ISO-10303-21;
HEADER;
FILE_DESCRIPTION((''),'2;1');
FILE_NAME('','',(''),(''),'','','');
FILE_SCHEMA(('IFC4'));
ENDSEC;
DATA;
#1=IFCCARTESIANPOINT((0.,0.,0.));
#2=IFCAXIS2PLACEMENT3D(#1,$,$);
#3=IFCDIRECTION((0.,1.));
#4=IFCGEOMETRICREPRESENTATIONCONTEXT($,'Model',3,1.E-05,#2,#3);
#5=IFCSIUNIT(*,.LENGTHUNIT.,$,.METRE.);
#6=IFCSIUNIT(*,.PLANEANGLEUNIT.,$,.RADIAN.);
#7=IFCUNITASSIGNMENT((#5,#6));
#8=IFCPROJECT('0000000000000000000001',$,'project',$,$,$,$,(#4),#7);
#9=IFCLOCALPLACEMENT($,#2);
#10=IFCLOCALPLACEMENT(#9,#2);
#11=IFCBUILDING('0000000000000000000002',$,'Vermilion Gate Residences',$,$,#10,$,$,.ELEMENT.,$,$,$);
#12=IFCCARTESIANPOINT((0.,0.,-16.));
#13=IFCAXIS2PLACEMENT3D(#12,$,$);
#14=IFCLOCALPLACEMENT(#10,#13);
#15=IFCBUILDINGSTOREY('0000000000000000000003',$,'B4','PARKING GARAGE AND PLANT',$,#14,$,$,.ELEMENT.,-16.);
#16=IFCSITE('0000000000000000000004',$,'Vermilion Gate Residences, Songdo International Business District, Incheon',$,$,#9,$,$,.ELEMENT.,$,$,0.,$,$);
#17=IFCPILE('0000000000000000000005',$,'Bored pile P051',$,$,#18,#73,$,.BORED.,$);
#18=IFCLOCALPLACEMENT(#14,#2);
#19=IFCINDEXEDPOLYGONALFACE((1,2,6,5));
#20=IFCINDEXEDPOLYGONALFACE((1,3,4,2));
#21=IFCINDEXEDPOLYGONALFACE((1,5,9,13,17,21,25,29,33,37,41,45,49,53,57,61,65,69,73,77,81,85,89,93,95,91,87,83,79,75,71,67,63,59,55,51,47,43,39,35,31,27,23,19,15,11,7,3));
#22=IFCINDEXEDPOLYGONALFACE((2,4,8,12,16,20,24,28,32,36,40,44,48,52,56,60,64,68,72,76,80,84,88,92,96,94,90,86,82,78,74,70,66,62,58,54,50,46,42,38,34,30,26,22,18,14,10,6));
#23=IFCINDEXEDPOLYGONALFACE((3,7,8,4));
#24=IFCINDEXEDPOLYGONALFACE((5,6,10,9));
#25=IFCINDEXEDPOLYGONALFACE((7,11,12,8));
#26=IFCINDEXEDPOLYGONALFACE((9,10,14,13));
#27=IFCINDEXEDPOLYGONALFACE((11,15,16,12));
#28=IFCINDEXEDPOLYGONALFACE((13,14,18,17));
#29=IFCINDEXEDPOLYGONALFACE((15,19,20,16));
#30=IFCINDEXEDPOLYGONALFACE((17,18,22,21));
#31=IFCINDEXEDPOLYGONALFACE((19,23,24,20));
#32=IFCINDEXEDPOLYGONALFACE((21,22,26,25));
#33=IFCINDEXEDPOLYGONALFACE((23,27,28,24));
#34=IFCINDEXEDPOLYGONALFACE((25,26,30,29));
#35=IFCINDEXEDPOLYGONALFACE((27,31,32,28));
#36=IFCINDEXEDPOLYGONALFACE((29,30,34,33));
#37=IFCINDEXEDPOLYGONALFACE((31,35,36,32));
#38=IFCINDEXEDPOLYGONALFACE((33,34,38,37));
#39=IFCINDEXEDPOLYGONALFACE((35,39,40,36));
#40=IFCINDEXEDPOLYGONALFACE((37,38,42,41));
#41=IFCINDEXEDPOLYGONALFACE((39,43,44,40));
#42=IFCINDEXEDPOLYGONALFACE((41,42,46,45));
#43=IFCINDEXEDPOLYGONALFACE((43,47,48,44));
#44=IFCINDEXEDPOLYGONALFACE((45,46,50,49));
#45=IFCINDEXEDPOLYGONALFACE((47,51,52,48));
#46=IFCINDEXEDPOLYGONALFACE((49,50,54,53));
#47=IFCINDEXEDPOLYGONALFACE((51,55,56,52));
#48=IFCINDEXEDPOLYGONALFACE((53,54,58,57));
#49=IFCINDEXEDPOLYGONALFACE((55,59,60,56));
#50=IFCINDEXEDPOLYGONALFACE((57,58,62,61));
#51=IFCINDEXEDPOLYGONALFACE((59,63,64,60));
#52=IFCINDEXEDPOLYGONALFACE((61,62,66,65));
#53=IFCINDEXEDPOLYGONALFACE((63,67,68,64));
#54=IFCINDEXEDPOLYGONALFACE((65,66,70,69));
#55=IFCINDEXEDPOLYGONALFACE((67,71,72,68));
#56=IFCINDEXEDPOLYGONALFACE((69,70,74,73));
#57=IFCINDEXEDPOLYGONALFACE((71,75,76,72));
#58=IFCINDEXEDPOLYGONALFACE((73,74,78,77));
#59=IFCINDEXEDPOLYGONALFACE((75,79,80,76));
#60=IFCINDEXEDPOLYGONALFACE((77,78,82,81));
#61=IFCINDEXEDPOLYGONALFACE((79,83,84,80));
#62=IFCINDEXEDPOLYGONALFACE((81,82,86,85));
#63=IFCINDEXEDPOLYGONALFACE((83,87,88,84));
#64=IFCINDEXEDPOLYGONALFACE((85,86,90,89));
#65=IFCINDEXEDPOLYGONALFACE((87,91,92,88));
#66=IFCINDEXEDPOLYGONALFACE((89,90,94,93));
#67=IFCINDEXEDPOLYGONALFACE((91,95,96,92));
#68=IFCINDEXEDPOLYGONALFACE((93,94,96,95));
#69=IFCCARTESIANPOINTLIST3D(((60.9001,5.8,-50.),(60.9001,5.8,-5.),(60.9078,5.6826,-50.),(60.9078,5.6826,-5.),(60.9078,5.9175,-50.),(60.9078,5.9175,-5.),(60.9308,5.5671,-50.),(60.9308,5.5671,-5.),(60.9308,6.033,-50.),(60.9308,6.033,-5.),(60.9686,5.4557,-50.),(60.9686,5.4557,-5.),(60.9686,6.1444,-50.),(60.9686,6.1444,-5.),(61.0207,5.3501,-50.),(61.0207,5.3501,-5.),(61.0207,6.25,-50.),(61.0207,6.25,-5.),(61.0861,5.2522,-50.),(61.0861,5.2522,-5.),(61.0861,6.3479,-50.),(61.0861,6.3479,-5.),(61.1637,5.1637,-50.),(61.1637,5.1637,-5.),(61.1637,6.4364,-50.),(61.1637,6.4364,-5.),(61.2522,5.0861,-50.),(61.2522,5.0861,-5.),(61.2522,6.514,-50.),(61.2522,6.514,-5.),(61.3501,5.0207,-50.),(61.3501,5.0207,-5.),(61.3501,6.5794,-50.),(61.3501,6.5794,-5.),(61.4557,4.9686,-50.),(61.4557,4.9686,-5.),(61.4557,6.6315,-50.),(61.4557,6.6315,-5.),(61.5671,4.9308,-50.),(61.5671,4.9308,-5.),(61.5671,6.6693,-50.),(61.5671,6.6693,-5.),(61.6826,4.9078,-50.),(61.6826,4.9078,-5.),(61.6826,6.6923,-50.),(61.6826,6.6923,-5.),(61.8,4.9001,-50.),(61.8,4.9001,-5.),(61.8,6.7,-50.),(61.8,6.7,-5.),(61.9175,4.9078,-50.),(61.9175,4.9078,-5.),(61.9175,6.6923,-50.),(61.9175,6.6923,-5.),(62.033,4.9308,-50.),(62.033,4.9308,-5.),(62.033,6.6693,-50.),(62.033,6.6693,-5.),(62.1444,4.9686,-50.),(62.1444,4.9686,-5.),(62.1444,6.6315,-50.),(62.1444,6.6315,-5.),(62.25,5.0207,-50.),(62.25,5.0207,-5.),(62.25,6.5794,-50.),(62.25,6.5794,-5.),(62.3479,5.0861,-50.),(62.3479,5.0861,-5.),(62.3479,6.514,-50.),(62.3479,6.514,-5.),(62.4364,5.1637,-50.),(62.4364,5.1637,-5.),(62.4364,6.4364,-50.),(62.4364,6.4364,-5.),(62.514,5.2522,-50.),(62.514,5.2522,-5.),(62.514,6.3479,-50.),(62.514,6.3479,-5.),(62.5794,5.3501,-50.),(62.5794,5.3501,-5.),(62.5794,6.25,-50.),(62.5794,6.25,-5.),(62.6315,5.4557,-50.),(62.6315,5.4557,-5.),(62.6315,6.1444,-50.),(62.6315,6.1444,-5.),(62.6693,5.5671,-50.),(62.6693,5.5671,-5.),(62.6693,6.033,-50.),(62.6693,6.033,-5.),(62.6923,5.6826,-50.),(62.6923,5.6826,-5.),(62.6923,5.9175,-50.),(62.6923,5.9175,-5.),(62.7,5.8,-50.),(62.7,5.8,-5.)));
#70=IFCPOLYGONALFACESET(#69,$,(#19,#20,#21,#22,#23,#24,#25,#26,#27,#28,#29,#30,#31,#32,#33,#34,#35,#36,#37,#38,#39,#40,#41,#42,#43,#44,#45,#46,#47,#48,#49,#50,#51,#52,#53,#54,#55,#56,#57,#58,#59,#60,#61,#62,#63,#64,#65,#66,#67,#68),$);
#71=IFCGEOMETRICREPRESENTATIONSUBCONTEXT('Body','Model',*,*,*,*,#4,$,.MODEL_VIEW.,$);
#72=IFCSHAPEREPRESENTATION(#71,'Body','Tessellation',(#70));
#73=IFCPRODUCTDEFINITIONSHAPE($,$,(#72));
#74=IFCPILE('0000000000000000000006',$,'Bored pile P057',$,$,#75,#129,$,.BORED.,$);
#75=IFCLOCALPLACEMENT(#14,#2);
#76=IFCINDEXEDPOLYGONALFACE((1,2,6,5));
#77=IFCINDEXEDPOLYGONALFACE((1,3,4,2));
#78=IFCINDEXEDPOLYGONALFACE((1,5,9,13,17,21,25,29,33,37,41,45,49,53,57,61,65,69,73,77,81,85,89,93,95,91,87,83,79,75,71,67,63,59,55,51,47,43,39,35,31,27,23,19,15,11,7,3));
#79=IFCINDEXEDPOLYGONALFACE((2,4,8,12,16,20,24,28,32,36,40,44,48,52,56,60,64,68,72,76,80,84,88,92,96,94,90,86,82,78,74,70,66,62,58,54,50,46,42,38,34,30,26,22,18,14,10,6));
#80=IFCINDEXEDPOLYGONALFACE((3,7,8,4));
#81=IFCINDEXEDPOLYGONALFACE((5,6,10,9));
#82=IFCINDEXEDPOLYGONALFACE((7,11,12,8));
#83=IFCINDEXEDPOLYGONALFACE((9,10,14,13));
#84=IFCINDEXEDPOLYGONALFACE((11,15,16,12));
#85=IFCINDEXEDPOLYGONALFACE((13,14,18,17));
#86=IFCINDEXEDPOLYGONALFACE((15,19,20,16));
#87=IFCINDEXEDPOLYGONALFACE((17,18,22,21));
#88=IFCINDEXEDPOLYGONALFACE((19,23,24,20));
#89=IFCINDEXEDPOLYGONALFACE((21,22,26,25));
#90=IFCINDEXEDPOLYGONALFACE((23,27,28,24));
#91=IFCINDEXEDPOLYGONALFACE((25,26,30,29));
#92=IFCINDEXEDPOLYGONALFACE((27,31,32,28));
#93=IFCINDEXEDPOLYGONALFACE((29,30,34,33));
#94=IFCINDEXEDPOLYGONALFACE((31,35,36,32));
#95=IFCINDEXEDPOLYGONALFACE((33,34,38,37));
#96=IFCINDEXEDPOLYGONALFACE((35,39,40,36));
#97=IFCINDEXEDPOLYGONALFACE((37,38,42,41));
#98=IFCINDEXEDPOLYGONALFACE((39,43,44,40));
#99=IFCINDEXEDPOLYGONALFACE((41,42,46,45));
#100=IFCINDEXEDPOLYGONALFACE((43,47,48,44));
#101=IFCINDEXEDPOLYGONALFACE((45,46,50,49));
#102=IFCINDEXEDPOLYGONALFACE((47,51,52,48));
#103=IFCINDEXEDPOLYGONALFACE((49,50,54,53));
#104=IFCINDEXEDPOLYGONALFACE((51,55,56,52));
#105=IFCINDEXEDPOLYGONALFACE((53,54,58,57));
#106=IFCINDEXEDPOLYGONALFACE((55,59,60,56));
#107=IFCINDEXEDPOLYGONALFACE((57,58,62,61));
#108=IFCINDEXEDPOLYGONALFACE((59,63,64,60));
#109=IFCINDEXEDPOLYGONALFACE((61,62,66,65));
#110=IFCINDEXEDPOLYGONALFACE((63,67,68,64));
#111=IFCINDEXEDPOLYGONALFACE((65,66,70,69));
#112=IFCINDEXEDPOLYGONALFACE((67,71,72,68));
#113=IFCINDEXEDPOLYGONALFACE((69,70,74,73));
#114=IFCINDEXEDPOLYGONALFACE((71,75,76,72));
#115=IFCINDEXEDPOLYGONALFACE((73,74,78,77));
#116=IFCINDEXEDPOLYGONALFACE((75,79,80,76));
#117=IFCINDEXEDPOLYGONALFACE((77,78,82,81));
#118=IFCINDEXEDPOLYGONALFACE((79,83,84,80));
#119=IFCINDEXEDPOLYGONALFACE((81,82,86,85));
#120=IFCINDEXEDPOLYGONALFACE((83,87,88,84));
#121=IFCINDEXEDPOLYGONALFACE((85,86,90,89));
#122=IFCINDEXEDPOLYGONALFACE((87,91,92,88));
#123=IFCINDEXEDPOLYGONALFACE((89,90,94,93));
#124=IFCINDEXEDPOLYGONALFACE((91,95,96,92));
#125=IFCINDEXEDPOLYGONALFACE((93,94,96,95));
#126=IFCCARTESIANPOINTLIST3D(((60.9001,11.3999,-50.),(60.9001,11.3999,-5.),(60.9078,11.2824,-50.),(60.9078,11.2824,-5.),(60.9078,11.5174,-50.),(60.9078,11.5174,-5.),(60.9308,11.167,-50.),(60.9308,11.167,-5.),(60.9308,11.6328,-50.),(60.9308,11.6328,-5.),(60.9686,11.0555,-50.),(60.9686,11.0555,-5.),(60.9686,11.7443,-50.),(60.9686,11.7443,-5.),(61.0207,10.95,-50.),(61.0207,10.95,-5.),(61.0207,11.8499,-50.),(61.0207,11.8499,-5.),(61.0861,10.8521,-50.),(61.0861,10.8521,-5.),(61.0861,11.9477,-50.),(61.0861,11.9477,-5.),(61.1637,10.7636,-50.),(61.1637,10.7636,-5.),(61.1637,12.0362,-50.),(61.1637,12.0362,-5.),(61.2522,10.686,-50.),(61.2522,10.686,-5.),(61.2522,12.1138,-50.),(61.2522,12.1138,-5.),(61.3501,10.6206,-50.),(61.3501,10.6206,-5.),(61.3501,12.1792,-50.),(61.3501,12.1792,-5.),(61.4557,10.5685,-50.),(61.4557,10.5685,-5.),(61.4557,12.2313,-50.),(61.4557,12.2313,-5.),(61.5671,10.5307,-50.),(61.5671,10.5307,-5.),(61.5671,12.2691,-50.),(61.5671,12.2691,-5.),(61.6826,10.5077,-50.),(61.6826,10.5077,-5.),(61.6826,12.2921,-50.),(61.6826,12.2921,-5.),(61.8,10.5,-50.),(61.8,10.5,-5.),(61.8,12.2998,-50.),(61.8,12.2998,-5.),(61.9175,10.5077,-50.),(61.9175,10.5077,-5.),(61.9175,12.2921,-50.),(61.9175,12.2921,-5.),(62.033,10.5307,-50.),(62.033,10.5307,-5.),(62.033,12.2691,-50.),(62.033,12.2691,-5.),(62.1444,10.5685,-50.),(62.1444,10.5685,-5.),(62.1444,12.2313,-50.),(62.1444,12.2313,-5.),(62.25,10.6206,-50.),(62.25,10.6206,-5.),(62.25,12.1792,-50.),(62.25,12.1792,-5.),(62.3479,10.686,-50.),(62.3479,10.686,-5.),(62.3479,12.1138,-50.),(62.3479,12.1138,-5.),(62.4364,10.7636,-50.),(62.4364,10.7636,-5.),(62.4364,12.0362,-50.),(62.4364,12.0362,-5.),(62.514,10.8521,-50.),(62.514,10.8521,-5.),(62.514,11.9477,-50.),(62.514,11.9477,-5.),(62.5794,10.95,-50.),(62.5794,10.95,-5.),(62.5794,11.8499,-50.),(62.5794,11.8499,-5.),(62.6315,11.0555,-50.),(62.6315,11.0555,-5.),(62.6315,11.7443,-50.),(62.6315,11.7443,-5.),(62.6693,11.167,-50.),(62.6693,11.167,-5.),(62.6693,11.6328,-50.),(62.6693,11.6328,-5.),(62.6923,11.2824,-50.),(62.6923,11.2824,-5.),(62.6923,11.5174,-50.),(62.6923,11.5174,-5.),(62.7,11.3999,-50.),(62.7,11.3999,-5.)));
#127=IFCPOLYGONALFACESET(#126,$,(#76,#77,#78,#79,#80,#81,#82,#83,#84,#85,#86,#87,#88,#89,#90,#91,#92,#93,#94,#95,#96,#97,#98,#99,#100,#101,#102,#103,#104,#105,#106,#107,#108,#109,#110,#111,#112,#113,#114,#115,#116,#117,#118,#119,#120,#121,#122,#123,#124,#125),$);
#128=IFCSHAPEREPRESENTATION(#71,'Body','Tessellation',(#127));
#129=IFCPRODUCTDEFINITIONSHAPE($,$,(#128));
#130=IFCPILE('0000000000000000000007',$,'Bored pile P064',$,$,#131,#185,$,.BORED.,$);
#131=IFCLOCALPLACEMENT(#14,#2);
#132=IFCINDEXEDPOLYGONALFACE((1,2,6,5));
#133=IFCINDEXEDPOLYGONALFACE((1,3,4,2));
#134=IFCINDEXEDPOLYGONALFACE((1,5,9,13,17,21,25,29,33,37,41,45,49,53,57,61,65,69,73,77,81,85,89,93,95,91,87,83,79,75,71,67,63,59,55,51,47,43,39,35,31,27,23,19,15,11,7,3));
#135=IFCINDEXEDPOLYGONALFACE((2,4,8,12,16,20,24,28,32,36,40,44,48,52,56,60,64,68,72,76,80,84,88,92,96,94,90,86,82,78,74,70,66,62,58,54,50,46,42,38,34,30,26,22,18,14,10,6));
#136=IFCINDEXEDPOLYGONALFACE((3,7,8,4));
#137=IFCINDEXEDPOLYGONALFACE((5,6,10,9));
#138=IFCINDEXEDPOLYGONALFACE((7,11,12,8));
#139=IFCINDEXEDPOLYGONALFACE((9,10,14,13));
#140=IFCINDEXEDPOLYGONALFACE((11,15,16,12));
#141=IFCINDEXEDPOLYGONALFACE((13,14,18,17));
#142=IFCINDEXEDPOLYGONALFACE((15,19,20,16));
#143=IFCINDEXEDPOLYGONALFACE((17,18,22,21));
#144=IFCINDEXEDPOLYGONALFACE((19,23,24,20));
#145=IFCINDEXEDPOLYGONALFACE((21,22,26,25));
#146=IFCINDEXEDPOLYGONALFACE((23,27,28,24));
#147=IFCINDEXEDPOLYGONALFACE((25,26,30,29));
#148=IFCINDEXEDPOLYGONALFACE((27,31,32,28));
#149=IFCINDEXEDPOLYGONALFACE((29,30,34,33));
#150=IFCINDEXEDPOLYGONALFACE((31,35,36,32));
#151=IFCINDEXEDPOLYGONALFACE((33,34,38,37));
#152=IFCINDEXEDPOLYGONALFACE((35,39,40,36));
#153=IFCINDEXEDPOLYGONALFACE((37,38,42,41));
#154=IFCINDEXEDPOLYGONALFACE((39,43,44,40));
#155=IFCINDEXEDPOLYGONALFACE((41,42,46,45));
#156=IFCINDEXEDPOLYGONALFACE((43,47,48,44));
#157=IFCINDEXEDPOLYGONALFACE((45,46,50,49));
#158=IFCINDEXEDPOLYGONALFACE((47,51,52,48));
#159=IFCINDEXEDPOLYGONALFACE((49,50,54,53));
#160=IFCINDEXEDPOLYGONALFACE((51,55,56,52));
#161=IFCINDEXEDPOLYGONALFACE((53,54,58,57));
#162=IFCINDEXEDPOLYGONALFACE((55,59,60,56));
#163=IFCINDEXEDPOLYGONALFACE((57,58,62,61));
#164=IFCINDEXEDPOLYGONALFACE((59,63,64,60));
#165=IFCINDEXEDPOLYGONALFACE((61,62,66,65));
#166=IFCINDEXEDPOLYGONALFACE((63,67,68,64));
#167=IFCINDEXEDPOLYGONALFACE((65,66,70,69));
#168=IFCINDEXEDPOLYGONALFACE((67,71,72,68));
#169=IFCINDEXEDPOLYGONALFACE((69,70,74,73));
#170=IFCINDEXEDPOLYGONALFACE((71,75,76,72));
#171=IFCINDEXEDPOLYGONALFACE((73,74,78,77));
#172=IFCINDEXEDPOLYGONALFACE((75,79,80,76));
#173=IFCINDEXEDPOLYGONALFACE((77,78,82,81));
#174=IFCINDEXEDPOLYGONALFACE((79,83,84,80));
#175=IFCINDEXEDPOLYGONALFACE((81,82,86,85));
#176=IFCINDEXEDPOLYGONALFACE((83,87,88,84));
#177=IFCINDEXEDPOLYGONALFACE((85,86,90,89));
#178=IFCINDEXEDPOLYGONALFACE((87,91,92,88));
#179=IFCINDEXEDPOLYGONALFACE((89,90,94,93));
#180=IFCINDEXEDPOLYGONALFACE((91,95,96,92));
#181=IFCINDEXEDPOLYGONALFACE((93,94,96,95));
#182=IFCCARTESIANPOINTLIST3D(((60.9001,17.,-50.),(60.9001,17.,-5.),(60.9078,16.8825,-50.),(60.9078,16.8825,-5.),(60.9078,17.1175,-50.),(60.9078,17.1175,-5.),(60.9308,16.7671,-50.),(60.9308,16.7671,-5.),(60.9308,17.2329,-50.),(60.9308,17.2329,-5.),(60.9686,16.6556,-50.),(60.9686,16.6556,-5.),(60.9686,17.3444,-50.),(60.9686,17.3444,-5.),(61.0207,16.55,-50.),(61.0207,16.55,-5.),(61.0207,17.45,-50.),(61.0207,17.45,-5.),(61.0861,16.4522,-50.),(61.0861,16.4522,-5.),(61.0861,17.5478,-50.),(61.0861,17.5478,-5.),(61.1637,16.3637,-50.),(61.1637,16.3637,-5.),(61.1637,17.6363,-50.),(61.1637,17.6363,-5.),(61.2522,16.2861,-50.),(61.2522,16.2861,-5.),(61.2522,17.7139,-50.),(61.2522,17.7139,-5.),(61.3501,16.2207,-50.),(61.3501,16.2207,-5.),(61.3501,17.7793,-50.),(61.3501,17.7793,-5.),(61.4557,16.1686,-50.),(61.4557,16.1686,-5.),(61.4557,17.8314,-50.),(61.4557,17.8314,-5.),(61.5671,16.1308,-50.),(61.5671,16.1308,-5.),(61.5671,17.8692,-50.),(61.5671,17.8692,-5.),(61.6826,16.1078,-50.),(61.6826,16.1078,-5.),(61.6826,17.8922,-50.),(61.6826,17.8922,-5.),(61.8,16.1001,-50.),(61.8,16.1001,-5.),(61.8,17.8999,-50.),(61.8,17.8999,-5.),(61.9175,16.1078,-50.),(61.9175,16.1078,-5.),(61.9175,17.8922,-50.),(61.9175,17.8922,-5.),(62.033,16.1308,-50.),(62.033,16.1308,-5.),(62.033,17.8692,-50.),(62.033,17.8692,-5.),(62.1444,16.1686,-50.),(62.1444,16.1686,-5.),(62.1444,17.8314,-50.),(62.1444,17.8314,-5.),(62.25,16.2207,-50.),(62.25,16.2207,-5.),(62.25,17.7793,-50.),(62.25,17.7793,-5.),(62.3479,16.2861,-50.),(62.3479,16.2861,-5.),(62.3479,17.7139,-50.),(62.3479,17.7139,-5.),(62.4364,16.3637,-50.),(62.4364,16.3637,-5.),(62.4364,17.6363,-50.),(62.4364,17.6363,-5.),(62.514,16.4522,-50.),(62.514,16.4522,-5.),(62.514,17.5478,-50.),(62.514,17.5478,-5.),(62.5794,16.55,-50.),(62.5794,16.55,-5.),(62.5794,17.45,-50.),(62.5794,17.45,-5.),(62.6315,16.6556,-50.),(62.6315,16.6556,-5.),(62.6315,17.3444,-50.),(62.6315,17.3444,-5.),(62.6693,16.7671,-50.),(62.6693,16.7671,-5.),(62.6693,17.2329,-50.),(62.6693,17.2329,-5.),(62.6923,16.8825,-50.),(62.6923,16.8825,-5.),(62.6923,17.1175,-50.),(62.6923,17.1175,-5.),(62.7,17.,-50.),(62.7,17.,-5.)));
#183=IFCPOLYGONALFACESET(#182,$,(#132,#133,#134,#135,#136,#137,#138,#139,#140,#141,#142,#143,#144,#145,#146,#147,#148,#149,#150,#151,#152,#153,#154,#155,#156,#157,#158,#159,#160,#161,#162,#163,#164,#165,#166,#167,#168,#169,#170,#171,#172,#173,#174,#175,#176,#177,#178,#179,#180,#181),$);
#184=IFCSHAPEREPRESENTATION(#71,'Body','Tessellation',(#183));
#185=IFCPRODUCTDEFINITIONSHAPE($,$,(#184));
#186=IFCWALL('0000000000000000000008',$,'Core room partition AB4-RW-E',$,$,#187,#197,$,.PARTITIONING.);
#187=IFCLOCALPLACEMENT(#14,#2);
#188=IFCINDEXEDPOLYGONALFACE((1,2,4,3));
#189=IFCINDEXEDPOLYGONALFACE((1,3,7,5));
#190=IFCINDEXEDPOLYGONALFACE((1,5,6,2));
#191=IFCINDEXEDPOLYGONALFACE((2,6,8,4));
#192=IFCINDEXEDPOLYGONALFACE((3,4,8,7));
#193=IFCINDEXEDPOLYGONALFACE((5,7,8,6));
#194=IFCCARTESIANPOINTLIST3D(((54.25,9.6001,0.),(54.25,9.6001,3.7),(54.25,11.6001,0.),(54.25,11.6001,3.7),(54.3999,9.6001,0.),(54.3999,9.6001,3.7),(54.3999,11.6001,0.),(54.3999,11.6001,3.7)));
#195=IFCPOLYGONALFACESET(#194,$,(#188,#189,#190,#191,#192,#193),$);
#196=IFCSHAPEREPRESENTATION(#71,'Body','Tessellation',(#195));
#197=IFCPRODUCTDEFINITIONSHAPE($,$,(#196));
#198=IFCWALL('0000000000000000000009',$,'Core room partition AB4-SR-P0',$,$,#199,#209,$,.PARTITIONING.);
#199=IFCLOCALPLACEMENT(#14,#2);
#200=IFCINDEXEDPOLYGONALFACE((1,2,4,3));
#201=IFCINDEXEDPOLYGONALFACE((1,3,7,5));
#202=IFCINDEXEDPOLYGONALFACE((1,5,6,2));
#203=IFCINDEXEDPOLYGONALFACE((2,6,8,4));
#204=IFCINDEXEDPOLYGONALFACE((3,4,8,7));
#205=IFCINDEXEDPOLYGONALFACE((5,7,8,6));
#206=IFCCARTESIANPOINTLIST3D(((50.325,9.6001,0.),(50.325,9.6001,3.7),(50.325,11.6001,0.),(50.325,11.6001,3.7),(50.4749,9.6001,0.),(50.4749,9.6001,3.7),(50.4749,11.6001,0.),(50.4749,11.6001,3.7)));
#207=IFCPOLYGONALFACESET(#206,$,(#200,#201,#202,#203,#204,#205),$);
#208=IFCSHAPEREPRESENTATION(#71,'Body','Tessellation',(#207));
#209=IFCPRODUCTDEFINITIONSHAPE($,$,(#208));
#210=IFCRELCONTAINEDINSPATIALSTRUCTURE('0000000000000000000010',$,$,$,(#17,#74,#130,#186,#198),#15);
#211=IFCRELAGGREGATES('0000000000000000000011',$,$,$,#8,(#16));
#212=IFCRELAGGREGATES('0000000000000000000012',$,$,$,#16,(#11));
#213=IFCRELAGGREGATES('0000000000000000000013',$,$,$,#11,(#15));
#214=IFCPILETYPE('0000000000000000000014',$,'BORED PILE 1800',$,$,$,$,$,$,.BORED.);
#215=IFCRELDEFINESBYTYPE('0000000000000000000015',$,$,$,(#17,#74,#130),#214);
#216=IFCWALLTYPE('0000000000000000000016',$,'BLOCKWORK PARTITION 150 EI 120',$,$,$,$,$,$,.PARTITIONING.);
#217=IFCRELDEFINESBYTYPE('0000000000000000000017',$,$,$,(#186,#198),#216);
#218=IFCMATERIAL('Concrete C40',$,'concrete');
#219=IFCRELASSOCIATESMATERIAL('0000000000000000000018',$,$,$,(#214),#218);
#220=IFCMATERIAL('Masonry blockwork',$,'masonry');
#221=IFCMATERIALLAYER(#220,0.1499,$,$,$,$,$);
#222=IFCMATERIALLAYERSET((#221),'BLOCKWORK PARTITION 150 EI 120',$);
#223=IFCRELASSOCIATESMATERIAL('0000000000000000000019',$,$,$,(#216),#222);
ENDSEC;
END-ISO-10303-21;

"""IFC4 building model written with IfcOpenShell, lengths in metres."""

from ifc_helpers import new_model, si_unit, direction, frame, frame_2d, origin, origin_2d, place, context, subcontext, project, spatial, rectangle, circle, extrude, material, layer, layer_set, material_profile, profile_set, type_object, element, save


model = new_model("IFC4")

# Units and contexts
model_context = context("Model", 3, precision=1e-05, world=origin(), true_north=direction((0.0, 1.0)))
body_context = subcontext(model_context, "Body", "Model", "MODEL_VIEW")
ifc_project = project(units=[si_unit("LENGTHUNIT", "METRE"), si_unit("PLANEANGLEUNIT", "RADIAN")], contexts=[model_context])

# Site, building, storey
site_placement = place(None, origin())
site = spatial("IfcSite", under=ifc_project, at=site_placement, Name="Vermilion Gate Residences, Songdo International Business District, Incheon", CompositionType="ELEMENT", RefElevation=0.0)
building_placement = place(site_placement, origin())
building = spatial("IfcBuilding", under=site, at=building_placement, Name="Vermilion Gate Residences", CompositionType="ELEMENT")
storey_placement = place(building_placement, frame((0.0, 0.0, -16.0)))
storey = spatial("IfcBuildingStorey", under=building, at=storey_placement, Name="B4", Description="PARKING GARAGE AND PLANT", CompositionType="ELEMENT", Elevation=-16.0)

# Piles
ifc_material_1 = material(Name="Concrete C40", Category="concrete")
ifc_material_profile = material_profile(ifc_material_1, circle(Radius=0.8999, at=origin_2d()), Name="BORED PILE 1800")
ifc_profile_set = profile_set([ifc_material_profile], Name="Concrete C40")
pile_type = type_object("IfcPileType", Name="BORED PILE 1800", PredefinedType="BORED", material=ifc_profile_set)
for number, where, z_axis, x_axis, name in (
    (1, (61.8, 5.8, -5.0), (0.0, 0.0, -1.0), (1.0, 0.0, 0.0), "Bored pile P051"),
    (2, (61.8, 11.3999, -5.0), (0.0, 0.0, -1.0), (1.0, 0.0, 0.0), "Bored pile P057"),
    (3, (61.8, 17.0, -5.0), (0.0, 0.0, -1.0), (1.0, 0.0, 0.0), "Bored pile P064"),
):
    element("IfcPile", number, at=place(storey_placement, frame(where, z_axis=z_axis, x_axis=x_axis)), inside=storey, type_object=pile_type, Name=name, PredefinedType="BORED", context=body_context, shape_type="SweptSolid", body=[
        extrude(circle(Radius=0.8999, at=origin_2d()), origin(), (0.0, 0.0, 1.0), 45.0),
    ])

# Walls
ifc_material_2 = material(Name="Masonry blockwork", Category="masonry")
ifc_layer_1 = layer(ifc_material_2, 0.1499)
ifc_layer_set_1 = layer_set([ifc_layer_1], Name="BLOCKWORK PARTITION 150 EI 120")
wall_type_1 = type_object("IfcWallType", Name="BLOCKWORK PARTITION 150 EI 120", PredefinedType="PARTITIONING", material=ifc_layer_set_1)
for number, where, z_axis, x_axis, name in (
    (4, (54.325, 9.6001, 0.0), (0.0, 0.0, 1.0), (0.0, 1.0, 0.0), "Core room partition AB4-RW-E"),
    (5, (50.3999, 9.6001, 0.0), (0.0, 0.0, 1.0), (0.0, 1.0, 0.0), "Core room partition AB4-SR-P0"),
):
    element("IfcWall", number, at=place(storey_placement, frame(where, z_axis=z_axis, x_axis=x_axis)), inside=storey, type_object=wall_type_1, Name=name, PredefinedType="PARTITIONING", context=body_context, shape_type="SweptSolid", body=[
        extrude(rectangle(XDim=2.0, YDim=0.1499, at=frame_2d((1.0, 0.0))), origin(), (0.0, 0.0, 1.0), 3.7),
    ])

save(model, "model.ifc")
